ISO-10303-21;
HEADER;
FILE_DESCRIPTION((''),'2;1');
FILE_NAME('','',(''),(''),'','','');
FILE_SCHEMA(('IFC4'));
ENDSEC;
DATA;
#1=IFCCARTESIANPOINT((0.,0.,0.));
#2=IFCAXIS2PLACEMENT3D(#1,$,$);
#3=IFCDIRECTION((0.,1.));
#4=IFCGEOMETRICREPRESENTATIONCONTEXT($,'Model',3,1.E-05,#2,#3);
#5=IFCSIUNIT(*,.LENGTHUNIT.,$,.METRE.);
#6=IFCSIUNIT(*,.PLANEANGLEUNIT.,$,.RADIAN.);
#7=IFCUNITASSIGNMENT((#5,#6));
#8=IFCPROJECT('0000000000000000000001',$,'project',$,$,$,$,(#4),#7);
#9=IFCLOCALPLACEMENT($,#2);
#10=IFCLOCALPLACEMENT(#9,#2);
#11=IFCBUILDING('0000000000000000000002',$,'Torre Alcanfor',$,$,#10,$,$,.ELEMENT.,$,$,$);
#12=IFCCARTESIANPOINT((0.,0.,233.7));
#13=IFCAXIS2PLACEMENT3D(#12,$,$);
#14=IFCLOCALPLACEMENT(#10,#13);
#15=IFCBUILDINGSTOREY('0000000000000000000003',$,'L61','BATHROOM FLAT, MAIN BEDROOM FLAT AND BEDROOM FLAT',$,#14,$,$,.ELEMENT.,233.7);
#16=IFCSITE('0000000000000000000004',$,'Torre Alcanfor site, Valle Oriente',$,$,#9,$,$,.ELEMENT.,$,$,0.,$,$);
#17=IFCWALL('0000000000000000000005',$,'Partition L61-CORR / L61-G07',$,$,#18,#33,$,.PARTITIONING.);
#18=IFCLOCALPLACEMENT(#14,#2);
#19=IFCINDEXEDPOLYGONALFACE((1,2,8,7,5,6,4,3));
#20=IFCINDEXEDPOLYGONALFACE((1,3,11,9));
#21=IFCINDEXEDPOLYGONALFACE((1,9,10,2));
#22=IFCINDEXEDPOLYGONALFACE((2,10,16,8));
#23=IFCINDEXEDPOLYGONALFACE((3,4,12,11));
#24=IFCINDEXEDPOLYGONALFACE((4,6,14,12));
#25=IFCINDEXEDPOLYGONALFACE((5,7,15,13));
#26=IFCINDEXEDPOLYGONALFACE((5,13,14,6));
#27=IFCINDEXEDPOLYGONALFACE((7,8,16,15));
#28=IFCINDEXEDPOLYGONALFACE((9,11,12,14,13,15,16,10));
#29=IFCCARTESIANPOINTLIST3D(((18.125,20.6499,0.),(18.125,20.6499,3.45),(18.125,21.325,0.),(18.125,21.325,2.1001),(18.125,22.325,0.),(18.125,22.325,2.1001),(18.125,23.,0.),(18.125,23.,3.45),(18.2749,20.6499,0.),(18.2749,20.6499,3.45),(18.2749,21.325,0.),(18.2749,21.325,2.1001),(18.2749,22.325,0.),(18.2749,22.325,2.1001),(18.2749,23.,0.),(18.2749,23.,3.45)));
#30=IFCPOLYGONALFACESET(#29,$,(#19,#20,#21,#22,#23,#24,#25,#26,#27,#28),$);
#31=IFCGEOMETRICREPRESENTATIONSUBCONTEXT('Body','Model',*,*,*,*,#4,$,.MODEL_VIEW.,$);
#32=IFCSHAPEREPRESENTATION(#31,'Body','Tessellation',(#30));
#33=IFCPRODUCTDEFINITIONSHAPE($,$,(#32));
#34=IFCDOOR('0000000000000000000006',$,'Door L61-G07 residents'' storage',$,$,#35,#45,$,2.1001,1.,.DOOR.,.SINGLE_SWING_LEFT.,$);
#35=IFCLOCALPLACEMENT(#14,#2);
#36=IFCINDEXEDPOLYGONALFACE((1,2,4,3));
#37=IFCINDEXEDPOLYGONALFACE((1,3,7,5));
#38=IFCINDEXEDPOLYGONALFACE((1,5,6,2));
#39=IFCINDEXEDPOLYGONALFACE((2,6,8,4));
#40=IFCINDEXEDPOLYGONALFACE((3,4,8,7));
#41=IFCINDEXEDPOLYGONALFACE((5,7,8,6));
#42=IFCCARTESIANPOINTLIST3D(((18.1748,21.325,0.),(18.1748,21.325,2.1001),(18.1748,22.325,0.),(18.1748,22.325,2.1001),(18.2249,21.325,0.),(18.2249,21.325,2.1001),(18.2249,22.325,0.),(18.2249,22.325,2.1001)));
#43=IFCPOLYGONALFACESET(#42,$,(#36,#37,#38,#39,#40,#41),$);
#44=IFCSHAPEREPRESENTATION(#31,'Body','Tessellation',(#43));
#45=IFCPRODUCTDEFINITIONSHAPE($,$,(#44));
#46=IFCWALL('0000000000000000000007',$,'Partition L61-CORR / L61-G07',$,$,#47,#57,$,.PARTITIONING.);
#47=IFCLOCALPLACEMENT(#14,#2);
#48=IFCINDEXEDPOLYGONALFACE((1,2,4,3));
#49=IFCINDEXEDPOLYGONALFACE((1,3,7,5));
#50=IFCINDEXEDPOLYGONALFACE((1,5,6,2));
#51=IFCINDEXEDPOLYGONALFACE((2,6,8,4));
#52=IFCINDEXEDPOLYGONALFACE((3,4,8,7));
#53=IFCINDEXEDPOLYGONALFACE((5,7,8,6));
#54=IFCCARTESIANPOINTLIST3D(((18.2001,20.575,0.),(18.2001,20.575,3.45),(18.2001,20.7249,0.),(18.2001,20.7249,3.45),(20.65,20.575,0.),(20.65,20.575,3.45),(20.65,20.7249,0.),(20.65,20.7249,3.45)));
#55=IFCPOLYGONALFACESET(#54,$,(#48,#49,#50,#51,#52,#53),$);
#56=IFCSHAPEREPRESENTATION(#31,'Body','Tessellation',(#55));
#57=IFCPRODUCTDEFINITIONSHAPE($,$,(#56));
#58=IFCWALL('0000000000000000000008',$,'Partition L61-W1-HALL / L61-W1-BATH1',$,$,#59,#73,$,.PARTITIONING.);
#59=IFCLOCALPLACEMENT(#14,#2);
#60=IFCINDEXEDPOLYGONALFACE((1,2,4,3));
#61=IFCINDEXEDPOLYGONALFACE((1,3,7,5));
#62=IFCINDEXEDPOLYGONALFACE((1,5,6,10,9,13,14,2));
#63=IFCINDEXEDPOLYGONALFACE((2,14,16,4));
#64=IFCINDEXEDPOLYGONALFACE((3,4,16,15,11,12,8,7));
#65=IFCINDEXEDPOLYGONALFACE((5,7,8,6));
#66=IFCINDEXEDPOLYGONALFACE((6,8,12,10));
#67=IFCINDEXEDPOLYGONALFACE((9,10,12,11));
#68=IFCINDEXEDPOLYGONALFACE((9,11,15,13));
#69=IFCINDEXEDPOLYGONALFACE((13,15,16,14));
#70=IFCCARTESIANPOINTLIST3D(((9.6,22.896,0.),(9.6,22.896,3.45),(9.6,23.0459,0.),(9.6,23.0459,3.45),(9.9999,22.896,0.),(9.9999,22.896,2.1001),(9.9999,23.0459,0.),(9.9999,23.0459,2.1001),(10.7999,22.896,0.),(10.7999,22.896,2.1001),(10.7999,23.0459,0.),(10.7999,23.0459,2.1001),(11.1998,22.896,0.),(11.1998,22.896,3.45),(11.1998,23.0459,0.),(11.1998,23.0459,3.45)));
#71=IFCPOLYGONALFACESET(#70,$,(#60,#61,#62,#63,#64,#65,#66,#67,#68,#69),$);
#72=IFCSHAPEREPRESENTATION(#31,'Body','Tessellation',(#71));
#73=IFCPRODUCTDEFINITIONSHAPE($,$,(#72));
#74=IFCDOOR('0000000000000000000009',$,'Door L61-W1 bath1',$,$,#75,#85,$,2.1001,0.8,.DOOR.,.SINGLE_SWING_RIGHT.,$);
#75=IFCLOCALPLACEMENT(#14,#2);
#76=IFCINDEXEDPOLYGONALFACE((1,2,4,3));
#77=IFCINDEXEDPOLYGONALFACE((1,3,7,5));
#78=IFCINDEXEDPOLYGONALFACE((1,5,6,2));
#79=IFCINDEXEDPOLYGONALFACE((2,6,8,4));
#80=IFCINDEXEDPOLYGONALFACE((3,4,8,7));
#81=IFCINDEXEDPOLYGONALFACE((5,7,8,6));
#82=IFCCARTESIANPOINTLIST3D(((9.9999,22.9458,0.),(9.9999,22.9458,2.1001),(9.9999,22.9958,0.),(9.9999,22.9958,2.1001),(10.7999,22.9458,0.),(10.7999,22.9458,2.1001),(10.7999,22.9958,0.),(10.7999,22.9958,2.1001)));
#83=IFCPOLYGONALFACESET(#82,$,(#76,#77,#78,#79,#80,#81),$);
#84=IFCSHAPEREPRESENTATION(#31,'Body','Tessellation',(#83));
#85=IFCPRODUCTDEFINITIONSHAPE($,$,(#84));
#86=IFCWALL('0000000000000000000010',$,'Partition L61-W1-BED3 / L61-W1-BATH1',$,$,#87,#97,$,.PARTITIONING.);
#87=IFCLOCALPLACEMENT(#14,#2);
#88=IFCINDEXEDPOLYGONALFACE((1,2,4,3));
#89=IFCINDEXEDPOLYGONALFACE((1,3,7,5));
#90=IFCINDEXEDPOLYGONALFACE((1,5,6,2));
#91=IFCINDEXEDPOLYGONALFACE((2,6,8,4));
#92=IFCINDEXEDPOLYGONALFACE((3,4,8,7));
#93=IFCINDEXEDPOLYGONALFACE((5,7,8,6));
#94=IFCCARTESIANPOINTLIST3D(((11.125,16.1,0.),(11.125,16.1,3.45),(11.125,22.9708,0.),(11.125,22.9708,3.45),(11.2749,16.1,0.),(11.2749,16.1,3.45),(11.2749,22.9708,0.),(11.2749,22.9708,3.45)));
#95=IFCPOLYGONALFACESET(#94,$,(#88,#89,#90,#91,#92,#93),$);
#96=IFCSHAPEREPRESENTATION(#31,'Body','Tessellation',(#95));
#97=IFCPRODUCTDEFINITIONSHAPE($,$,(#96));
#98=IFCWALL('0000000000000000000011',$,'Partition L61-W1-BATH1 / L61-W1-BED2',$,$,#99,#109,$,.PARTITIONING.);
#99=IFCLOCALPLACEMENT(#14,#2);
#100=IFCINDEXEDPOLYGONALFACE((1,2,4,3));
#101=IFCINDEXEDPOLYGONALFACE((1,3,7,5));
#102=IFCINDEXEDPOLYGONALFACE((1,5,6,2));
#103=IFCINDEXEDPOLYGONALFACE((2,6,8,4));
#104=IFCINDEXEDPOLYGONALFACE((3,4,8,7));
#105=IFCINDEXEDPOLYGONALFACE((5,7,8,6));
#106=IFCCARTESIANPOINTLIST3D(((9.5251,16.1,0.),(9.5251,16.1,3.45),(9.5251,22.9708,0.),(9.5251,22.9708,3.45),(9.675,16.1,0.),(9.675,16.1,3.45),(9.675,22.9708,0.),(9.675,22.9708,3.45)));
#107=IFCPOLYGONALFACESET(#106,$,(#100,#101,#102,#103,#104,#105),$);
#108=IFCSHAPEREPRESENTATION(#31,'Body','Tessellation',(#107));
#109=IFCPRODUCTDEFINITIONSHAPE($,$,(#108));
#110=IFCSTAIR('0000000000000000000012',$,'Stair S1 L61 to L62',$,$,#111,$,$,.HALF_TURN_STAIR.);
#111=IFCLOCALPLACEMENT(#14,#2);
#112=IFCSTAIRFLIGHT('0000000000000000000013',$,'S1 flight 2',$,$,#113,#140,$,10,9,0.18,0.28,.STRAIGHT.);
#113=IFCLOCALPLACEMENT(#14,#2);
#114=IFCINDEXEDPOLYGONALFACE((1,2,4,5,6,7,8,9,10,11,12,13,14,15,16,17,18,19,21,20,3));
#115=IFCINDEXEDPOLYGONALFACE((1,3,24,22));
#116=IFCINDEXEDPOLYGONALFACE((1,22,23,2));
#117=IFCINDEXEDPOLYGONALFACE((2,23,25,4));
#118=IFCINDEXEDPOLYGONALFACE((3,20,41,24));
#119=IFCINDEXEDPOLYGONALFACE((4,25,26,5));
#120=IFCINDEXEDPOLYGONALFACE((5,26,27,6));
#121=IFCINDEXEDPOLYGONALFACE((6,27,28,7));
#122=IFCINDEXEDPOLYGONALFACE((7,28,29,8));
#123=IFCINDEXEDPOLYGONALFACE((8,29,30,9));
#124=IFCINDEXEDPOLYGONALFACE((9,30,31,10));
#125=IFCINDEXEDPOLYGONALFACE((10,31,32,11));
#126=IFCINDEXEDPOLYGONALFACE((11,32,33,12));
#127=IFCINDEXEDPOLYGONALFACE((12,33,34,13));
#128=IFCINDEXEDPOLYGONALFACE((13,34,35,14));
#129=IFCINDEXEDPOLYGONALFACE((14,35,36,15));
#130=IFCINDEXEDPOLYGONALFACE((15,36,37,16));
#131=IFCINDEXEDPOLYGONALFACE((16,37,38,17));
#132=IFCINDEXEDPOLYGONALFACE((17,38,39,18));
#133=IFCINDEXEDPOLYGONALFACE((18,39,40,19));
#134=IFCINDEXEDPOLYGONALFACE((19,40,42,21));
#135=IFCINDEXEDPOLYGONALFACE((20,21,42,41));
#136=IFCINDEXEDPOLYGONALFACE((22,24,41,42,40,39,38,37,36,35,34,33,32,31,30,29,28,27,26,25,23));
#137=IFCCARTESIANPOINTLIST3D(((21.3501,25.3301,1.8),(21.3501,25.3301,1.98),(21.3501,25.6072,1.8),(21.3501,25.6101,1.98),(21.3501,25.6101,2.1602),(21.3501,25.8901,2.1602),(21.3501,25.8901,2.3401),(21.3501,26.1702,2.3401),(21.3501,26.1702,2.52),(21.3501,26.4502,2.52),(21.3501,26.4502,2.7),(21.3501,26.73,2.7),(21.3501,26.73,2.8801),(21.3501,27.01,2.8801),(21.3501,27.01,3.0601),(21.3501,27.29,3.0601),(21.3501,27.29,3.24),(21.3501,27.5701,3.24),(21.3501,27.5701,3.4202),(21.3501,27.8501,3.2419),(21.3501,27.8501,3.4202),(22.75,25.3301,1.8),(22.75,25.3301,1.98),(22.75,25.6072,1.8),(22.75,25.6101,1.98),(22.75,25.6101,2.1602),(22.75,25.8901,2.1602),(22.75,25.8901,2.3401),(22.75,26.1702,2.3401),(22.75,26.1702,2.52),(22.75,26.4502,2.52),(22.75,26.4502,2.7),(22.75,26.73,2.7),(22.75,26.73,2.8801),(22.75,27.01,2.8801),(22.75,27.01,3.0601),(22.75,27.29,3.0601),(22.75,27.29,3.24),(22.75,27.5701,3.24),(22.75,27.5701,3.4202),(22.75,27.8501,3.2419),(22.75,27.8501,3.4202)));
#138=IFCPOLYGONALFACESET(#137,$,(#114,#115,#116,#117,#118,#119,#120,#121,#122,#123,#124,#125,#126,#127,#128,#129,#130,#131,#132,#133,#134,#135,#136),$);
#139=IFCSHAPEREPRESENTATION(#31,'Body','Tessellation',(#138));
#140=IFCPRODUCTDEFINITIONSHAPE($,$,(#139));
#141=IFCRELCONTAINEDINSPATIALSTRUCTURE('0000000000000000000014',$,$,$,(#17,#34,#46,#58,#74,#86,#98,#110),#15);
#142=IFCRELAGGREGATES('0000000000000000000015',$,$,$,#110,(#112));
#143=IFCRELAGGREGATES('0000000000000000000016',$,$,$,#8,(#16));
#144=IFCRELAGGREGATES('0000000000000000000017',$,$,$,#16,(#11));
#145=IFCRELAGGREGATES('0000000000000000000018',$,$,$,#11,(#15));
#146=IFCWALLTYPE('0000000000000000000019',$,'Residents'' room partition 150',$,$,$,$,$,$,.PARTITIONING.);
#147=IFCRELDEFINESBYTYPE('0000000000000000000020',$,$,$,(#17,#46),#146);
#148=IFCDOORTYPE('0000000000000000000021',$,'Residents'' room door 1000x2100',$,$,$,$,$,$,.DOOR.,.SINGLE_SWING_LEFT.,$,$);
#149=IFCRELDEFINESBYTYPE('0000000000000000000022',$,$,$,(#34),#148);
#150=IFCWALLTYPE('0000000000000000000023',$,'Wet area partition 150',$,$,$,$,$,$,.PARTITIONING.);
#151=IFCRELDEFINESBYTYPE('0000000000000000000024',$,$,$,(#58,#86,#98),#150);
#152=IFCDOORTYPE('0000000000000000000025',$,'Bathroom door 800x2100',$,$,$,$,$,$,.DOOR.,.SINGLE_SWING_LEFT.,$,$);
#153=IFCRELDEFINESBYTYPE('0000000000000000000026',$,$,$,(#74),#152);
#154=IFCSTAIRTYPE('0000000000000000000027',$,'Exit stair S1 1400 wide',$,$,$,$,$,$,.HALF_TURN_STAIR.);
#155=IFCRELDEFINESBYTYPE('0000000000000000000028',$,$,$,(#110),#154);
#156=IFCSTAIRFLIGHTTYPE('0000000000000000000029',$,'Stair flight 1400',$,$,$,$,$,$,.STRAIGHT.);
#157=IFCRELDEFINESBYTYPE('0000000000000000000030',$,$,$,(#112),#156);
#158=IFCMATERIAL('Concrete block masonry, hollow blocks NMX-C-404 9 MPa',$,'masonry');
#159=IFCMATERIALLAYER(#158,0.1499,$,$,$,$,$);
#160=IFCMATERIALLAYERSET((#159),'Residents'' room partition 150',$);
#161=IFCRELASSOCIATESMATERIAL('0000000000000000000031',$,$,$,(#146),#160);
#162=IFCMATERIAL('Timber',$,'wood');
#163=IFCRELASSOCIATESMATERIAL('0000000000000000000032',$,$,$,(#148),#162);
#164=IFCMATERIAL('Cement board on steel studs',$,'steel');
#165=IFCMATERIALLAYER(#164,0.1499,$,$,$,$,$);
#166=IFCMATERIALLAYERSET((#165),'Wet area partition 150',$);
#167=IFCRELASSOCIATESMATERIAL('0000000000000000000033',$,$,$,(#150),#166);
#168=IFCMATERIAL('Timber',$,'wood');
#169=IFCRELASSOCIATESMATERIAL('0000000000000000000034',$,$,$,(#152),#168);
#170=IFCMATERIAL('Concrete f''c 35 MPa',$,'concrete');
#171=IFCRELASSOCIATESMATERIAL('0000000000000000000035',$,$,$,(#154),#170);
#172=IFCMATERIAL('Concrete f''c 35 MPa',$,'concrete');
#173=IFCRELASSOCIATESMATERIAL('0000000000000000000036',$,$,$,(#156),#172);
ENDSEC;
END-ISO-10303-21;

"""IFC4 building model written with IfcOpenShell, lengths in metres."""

from ifc_helpers import new_model, si_unit, direction, frame, frame_2d, origin, place, context, subcontext, project, spatial, polyline, rectangle, outline, extrude, material, layer, layer_set, type_object, element, fill, aggregate, save


model = new_model("IFC4")

# Units and contexts
model_context = context("Model", 3, precision=1e-05, world=origin(), true_north=direction((0.0, 1.0)))
body_context = subcontext(model_context, "Body", "Model", "MODEL_VIEW")
ifc_project = project(units=[si_unit("LENGTHUNIT", "METRE"), si_unit("PLANEANGLEUNIT", "RADIAN")], contexts=[model_context])

# Site, building, storey
site_placement = place(None, origin())
site = spatial("IfcSite", under=ifc_project, at=site_placement, Name="Torre Alcanfor site, Valle Oriente", CompositionType="ELEMENT", RefElevation=0.0)
building_placement = place(site_placement, origin())
building = spatial("IfcBuilding", under=site, at=building_placement, Name="Torre Alcanfor", CompositionType="ELEMENT")
storey_placement = place(building_placement, frame((0.0, 0.0, 233.7)))
storey = spatial("IfcBuildingStorey", under=building, at=storey_placement, Name="L61", Description="BATHROOM FLAT, MAIN BEDROOM FLAT AND BEDROOM FLAT", CompositionType="ELEMENT", Elevation=233.7)

# Shared definitions
ifc_material_1 = material(Name="Concrete block masonry, hollow blocks NMX-C-404 9 MPa", Category="masonry")
ifc_layer_1 = layer(ifc_material_1, 0.1499)
ifc_layer_set_1 = layer_set([ifc_layer_1], Name="Residents' room partition 150")
wall_type_1 = type_object("IfcWallType", Name="Residents' room partition 150", PredefinedType="PARTITIONING", material=ifc_layer_set_1)

# Shared definitions
ifc_material_2 = material(Name="Timber", Category="wood")
door_type_1 = type_object("IfcDoorType", Name="Residents' room door 1000x2100", OperationType="SINGLE_SWING_LEFT", PredefinedType="DOOR", material=ifc_material_2)

# Wall, opening, door
wall_1_placement = place(storey_placement, frame((18.2, 23.0, 0.0), z_axis=(0.0, 0.0, 1.0), x_axis=(0.0, -1.0, 0.0)))
wall_1 = element("IfcWall", 1, at=wall_1_placement, inside=storey, type_object=wall_type_1, Name="Partition L61-CORR / L61-G07", PredefinedType="PARTITIONING", context=body_context, shape_type="SweptSolid", body=[
    extrude(rectangle(XDim=2.3501, YDim=0.1499, at=frame_2d((1.175, 0.0))), origin(), (0.0, 0.0, 1.0), 3.45),
])
opening_1_placement = place(wall_1_placement, frame((0.675, 0.0, 0.0)))
opening_1 = element("IfcOpeningElement", 2, at=opening_1_placement, cuts=wall_1, PredefinedType="OPENING", context=body_context, shape_type="SweptSolid", body=[
    extrude(rectangle(XDim=1.0, YDim=2.1001, at=frame_2d((0.5, 1.05))), frame((0.0, 0.085, 0.0), z_axis=(0.0, -1.0, 0.0), x_axis=(1.0, 0.0, 0.0)), (0.0, 0.0, 1.0), 0.1699),
])
door_1_placement = place(opening_1_placement, origin())
door_1 = element("IfcDoor", 3, at=door_1_placement, inside=storey, type_object=door_type_1, Name="Door L61-G07 residents' storage", OperationType="SINGLE_SWING_LEFT", OverallHeight=2.1001, OverallWidth=1.0, PredefinedType="DOOR", context=body_context, shape_type="SweptSolid", body=[
    extrude(rectangle(XDim=1.0, YDim=2.1001, at=frame_2d((0.5, 1.05))), frame((0.0, 0.0249, 0.0), z_axis=(0.0, -1.0, 0.0), x_axis=(1.0, 0.0, 0.0)), (0.0, 0.0, 1.0), 0.05),
])
fill(opening_1, door_1)

# Wall
wall_2_placement = place(storey_placement, frame((18.2, 20.6499, 0.0), z_axis=(0.0, 0.0, 1.0), x_axis=(1.0, 0.0, 0.0)))
element("IfcWall", 4, at=wall_2_placement, inside=storey, type_object=wall_type_1, Name="Partition L61-CORR / L61-G07", PredefinedType="PARTITIONING", context=body_context, shape_type="SweptSolid", body=[
    extrude(rectangle(XDim=2.45, YDim=0.1499, at=frame_2d((1.2251, 0.0))), origin(), (0.0, 0.0, 1.0), 3.45),
])

# Wall, opening, door
ifc_material_3 = material(Name="Cement board on steel studs", Category="steel")
ifc_layer_2 = layer(ifc_material_3, 0.1499)
ifc_layer_set_2 = layer_set([ifc_layer_2], Name="Wet area partition 150")
wall_type_2 = type_object("IfcWallType", Name="Wet area partition 150", PredefinedType="PARTITIONING", material=ifc_layer_set_2)
wall_3_placement = place(storey_placement, frame((9.6001, 22.9709, 0.0), z_axis=(0.0, 0.0, 1.0), x_axis=(1.0, 0.0, 0.0)))
wall_3 = element("IfcWall", 5, at=wall_3_placement, inside=storey, type_object=wall_type_2, Name="Partition L61-W1-HALL / L61-W1-BATH1", PredefinedType="PARTITIONING", context=body_context, shape_type="SweptSolid", body=[
    extrude(rectangle(XDim=1.5999, YDim=0.1499, at=frame_2d((0.7998, 0.0))), origin(), (0.0, 0.0, 1.0), 3.45),
])
opening_2_placement = place(wall_3_placement, frame((0.3999, 0.0, 0.0)))
opening_2 = element("IfcOpeningElement", 6, at=opening_2_placement, cuts=wall_3, PredefinedType="OPENING", context=body_context, shape_type="SweptSolid", body=[
    extrude(rectangle(XDim=0.8, YDim=2.1001, at=frame_2d((0.3999, 1.05))), frame((0.0, 0.085, 0.0), z_axis=(0.0, -1.0, 0.0), x_axis=(1.0, 0.0, 0.0)), (0.0, 0.0, 1.0), 0.1699),
])
ifc_material_4 = material(Name="Timber", Category="wood")
door_type_2 = type_object("IfcDoorType", Name="Bathroom door 800x2100", OperationType="SINGLE_SWING_LEFT", PredefinedType="DOOR", material=ifc_material_4)
door_2_placement = place(opening_2_placement, frame((0.8, 0.0, 0.0), z_axis=(0.0, 0.0, 1.0), x_axis=(-1.0, 0.0, 0.0)))
door_2 = element("IfcDoor", 7, at=door_2_placement, inside=storey, type_object=door_type_2, Name="Door L61-W1 bath1", OperationType="SINGLE_SWING_RIGHT", OverallHeight=2.1001, OverallWidth=0.8, PredefinedType="DOOR", context=body_context, shape_type="SweptSolid", body=[
    extrude(rectangle(XDim=0.8, YDim=2.1001, at=frame_2d((0.4001, 1.05))), frame((0.0, 0.0251, 0.0), z_axis=(0.0, -1.0, 0.0), x_axis=(1.0, 0.0, 0.0)), (0.0, 0.0, 1.0), 0.05),
])
fill(opening_2, door_2)

# Walls
for number, where, z_axis, x_axis, name in (
    (8, (11.2, 22.9709, 0.0), (0.0, 0.0, 1.0), (0.0, -1.0, 0.0), "Partition L61-W1-BED3 / L61-W1-BATH1"),
    (9, (9.6001, 22.9709, 0.0), (0.0, 0.0, 1.0), (0.0, -1.0, 0.0), "Partition L61-W1-BATH1 / L61-W1-BED2"),
):
    element("IfcWall", number, at=place(storey_placement, frame(where, z_axis=z_axis, x_axis=x_axis)), inside=storey, type_object=wall_type_2, Name=name, PredefinedType="PARTITIONING", context=body_context, shape_type="SweptSolid", body=[
        extrude(rectangle(XDim=6.8708, YDim=0.1499, at=frame_2d((3.4355, 0.0))), origin(), (0.0, 0.0, 1.0), 3.45),
    ])

# Stair, stair flight
ifc_material_5 = material(Name="Concrete f'c 35 MPa", Category="concrete")
stair_type = type_object("IfcStairType", Name="Exit stair S1 1400 wide", PredefinedType="HALF_TURN_STAIR", material=ifc_material_5)
stair_placement = place(storey_placement, origin())
stair = element("IfcStair", 10, at=stair_placement, inside=storey, type_object=stair_type, Name="Stair S1 L61 to L62", PredefinedType="HALF_TURN_STAIR")
ifc_material_6 = material(Name="Concrete f'c 35 MPa", Category="concrete")
stair_flight_type = type_object("IfcStairFlightType", Name="Stair flight 1400", PredefinedType="STRAIGHT", material=ifc_material_6)
stair_flight_placement = place(storey_placement, frame((22.05, 25.3301, 1.8), z_axis=(0.0, 0.0, 1.0), x_axis=(0.0, 1.0, 0.0)))
stair_flight = element("IfcStairFlight", 11, at=stair_flight_placement, type_object=stair_flight_type, Name="S1 flight 2", NumberOfRisers=10, NumberOfTreads=9, PredefinedType="STRAIGHT", RiserHeight=0.18, TreadLength=0.28, context=body_context, shape_type="SweptSolid", body=[
    extrude(outline(polyline([(0.0, 0.0), (0.0, 0.1799), (0.28, 0.1799), (0.28, 0.3601), (0.5601, 0.3601), (0.5601, 0.54), (0.8401, 0.54), (0.8401, 0.72), (1.1201, 0.72), (1.1201, 0.8999), (1.3999, 0.8999), (1.3999, 1.0801), (1.6799, 1.0801), (1.6799, 1.26), (1.96, 1.26), (1.96, 1.4399), (2.24, 1.4399), (2.24, 1.6201), (2.52, 1.6201), (2.52, 1.8), (2.52, 1.4419), (0.2771, 0.0), (0.0, 0.0)])), frame((0.0, 0.7, 0.0), z_axis=(0.0, -1.0, 0.0), x_axis=(1.0, 0.0, 0.0)), (0.0, 0.0, 1.0), 1.3999),
])
aggregate(stair, [stair_flight])

save(model, "model.ifc")
